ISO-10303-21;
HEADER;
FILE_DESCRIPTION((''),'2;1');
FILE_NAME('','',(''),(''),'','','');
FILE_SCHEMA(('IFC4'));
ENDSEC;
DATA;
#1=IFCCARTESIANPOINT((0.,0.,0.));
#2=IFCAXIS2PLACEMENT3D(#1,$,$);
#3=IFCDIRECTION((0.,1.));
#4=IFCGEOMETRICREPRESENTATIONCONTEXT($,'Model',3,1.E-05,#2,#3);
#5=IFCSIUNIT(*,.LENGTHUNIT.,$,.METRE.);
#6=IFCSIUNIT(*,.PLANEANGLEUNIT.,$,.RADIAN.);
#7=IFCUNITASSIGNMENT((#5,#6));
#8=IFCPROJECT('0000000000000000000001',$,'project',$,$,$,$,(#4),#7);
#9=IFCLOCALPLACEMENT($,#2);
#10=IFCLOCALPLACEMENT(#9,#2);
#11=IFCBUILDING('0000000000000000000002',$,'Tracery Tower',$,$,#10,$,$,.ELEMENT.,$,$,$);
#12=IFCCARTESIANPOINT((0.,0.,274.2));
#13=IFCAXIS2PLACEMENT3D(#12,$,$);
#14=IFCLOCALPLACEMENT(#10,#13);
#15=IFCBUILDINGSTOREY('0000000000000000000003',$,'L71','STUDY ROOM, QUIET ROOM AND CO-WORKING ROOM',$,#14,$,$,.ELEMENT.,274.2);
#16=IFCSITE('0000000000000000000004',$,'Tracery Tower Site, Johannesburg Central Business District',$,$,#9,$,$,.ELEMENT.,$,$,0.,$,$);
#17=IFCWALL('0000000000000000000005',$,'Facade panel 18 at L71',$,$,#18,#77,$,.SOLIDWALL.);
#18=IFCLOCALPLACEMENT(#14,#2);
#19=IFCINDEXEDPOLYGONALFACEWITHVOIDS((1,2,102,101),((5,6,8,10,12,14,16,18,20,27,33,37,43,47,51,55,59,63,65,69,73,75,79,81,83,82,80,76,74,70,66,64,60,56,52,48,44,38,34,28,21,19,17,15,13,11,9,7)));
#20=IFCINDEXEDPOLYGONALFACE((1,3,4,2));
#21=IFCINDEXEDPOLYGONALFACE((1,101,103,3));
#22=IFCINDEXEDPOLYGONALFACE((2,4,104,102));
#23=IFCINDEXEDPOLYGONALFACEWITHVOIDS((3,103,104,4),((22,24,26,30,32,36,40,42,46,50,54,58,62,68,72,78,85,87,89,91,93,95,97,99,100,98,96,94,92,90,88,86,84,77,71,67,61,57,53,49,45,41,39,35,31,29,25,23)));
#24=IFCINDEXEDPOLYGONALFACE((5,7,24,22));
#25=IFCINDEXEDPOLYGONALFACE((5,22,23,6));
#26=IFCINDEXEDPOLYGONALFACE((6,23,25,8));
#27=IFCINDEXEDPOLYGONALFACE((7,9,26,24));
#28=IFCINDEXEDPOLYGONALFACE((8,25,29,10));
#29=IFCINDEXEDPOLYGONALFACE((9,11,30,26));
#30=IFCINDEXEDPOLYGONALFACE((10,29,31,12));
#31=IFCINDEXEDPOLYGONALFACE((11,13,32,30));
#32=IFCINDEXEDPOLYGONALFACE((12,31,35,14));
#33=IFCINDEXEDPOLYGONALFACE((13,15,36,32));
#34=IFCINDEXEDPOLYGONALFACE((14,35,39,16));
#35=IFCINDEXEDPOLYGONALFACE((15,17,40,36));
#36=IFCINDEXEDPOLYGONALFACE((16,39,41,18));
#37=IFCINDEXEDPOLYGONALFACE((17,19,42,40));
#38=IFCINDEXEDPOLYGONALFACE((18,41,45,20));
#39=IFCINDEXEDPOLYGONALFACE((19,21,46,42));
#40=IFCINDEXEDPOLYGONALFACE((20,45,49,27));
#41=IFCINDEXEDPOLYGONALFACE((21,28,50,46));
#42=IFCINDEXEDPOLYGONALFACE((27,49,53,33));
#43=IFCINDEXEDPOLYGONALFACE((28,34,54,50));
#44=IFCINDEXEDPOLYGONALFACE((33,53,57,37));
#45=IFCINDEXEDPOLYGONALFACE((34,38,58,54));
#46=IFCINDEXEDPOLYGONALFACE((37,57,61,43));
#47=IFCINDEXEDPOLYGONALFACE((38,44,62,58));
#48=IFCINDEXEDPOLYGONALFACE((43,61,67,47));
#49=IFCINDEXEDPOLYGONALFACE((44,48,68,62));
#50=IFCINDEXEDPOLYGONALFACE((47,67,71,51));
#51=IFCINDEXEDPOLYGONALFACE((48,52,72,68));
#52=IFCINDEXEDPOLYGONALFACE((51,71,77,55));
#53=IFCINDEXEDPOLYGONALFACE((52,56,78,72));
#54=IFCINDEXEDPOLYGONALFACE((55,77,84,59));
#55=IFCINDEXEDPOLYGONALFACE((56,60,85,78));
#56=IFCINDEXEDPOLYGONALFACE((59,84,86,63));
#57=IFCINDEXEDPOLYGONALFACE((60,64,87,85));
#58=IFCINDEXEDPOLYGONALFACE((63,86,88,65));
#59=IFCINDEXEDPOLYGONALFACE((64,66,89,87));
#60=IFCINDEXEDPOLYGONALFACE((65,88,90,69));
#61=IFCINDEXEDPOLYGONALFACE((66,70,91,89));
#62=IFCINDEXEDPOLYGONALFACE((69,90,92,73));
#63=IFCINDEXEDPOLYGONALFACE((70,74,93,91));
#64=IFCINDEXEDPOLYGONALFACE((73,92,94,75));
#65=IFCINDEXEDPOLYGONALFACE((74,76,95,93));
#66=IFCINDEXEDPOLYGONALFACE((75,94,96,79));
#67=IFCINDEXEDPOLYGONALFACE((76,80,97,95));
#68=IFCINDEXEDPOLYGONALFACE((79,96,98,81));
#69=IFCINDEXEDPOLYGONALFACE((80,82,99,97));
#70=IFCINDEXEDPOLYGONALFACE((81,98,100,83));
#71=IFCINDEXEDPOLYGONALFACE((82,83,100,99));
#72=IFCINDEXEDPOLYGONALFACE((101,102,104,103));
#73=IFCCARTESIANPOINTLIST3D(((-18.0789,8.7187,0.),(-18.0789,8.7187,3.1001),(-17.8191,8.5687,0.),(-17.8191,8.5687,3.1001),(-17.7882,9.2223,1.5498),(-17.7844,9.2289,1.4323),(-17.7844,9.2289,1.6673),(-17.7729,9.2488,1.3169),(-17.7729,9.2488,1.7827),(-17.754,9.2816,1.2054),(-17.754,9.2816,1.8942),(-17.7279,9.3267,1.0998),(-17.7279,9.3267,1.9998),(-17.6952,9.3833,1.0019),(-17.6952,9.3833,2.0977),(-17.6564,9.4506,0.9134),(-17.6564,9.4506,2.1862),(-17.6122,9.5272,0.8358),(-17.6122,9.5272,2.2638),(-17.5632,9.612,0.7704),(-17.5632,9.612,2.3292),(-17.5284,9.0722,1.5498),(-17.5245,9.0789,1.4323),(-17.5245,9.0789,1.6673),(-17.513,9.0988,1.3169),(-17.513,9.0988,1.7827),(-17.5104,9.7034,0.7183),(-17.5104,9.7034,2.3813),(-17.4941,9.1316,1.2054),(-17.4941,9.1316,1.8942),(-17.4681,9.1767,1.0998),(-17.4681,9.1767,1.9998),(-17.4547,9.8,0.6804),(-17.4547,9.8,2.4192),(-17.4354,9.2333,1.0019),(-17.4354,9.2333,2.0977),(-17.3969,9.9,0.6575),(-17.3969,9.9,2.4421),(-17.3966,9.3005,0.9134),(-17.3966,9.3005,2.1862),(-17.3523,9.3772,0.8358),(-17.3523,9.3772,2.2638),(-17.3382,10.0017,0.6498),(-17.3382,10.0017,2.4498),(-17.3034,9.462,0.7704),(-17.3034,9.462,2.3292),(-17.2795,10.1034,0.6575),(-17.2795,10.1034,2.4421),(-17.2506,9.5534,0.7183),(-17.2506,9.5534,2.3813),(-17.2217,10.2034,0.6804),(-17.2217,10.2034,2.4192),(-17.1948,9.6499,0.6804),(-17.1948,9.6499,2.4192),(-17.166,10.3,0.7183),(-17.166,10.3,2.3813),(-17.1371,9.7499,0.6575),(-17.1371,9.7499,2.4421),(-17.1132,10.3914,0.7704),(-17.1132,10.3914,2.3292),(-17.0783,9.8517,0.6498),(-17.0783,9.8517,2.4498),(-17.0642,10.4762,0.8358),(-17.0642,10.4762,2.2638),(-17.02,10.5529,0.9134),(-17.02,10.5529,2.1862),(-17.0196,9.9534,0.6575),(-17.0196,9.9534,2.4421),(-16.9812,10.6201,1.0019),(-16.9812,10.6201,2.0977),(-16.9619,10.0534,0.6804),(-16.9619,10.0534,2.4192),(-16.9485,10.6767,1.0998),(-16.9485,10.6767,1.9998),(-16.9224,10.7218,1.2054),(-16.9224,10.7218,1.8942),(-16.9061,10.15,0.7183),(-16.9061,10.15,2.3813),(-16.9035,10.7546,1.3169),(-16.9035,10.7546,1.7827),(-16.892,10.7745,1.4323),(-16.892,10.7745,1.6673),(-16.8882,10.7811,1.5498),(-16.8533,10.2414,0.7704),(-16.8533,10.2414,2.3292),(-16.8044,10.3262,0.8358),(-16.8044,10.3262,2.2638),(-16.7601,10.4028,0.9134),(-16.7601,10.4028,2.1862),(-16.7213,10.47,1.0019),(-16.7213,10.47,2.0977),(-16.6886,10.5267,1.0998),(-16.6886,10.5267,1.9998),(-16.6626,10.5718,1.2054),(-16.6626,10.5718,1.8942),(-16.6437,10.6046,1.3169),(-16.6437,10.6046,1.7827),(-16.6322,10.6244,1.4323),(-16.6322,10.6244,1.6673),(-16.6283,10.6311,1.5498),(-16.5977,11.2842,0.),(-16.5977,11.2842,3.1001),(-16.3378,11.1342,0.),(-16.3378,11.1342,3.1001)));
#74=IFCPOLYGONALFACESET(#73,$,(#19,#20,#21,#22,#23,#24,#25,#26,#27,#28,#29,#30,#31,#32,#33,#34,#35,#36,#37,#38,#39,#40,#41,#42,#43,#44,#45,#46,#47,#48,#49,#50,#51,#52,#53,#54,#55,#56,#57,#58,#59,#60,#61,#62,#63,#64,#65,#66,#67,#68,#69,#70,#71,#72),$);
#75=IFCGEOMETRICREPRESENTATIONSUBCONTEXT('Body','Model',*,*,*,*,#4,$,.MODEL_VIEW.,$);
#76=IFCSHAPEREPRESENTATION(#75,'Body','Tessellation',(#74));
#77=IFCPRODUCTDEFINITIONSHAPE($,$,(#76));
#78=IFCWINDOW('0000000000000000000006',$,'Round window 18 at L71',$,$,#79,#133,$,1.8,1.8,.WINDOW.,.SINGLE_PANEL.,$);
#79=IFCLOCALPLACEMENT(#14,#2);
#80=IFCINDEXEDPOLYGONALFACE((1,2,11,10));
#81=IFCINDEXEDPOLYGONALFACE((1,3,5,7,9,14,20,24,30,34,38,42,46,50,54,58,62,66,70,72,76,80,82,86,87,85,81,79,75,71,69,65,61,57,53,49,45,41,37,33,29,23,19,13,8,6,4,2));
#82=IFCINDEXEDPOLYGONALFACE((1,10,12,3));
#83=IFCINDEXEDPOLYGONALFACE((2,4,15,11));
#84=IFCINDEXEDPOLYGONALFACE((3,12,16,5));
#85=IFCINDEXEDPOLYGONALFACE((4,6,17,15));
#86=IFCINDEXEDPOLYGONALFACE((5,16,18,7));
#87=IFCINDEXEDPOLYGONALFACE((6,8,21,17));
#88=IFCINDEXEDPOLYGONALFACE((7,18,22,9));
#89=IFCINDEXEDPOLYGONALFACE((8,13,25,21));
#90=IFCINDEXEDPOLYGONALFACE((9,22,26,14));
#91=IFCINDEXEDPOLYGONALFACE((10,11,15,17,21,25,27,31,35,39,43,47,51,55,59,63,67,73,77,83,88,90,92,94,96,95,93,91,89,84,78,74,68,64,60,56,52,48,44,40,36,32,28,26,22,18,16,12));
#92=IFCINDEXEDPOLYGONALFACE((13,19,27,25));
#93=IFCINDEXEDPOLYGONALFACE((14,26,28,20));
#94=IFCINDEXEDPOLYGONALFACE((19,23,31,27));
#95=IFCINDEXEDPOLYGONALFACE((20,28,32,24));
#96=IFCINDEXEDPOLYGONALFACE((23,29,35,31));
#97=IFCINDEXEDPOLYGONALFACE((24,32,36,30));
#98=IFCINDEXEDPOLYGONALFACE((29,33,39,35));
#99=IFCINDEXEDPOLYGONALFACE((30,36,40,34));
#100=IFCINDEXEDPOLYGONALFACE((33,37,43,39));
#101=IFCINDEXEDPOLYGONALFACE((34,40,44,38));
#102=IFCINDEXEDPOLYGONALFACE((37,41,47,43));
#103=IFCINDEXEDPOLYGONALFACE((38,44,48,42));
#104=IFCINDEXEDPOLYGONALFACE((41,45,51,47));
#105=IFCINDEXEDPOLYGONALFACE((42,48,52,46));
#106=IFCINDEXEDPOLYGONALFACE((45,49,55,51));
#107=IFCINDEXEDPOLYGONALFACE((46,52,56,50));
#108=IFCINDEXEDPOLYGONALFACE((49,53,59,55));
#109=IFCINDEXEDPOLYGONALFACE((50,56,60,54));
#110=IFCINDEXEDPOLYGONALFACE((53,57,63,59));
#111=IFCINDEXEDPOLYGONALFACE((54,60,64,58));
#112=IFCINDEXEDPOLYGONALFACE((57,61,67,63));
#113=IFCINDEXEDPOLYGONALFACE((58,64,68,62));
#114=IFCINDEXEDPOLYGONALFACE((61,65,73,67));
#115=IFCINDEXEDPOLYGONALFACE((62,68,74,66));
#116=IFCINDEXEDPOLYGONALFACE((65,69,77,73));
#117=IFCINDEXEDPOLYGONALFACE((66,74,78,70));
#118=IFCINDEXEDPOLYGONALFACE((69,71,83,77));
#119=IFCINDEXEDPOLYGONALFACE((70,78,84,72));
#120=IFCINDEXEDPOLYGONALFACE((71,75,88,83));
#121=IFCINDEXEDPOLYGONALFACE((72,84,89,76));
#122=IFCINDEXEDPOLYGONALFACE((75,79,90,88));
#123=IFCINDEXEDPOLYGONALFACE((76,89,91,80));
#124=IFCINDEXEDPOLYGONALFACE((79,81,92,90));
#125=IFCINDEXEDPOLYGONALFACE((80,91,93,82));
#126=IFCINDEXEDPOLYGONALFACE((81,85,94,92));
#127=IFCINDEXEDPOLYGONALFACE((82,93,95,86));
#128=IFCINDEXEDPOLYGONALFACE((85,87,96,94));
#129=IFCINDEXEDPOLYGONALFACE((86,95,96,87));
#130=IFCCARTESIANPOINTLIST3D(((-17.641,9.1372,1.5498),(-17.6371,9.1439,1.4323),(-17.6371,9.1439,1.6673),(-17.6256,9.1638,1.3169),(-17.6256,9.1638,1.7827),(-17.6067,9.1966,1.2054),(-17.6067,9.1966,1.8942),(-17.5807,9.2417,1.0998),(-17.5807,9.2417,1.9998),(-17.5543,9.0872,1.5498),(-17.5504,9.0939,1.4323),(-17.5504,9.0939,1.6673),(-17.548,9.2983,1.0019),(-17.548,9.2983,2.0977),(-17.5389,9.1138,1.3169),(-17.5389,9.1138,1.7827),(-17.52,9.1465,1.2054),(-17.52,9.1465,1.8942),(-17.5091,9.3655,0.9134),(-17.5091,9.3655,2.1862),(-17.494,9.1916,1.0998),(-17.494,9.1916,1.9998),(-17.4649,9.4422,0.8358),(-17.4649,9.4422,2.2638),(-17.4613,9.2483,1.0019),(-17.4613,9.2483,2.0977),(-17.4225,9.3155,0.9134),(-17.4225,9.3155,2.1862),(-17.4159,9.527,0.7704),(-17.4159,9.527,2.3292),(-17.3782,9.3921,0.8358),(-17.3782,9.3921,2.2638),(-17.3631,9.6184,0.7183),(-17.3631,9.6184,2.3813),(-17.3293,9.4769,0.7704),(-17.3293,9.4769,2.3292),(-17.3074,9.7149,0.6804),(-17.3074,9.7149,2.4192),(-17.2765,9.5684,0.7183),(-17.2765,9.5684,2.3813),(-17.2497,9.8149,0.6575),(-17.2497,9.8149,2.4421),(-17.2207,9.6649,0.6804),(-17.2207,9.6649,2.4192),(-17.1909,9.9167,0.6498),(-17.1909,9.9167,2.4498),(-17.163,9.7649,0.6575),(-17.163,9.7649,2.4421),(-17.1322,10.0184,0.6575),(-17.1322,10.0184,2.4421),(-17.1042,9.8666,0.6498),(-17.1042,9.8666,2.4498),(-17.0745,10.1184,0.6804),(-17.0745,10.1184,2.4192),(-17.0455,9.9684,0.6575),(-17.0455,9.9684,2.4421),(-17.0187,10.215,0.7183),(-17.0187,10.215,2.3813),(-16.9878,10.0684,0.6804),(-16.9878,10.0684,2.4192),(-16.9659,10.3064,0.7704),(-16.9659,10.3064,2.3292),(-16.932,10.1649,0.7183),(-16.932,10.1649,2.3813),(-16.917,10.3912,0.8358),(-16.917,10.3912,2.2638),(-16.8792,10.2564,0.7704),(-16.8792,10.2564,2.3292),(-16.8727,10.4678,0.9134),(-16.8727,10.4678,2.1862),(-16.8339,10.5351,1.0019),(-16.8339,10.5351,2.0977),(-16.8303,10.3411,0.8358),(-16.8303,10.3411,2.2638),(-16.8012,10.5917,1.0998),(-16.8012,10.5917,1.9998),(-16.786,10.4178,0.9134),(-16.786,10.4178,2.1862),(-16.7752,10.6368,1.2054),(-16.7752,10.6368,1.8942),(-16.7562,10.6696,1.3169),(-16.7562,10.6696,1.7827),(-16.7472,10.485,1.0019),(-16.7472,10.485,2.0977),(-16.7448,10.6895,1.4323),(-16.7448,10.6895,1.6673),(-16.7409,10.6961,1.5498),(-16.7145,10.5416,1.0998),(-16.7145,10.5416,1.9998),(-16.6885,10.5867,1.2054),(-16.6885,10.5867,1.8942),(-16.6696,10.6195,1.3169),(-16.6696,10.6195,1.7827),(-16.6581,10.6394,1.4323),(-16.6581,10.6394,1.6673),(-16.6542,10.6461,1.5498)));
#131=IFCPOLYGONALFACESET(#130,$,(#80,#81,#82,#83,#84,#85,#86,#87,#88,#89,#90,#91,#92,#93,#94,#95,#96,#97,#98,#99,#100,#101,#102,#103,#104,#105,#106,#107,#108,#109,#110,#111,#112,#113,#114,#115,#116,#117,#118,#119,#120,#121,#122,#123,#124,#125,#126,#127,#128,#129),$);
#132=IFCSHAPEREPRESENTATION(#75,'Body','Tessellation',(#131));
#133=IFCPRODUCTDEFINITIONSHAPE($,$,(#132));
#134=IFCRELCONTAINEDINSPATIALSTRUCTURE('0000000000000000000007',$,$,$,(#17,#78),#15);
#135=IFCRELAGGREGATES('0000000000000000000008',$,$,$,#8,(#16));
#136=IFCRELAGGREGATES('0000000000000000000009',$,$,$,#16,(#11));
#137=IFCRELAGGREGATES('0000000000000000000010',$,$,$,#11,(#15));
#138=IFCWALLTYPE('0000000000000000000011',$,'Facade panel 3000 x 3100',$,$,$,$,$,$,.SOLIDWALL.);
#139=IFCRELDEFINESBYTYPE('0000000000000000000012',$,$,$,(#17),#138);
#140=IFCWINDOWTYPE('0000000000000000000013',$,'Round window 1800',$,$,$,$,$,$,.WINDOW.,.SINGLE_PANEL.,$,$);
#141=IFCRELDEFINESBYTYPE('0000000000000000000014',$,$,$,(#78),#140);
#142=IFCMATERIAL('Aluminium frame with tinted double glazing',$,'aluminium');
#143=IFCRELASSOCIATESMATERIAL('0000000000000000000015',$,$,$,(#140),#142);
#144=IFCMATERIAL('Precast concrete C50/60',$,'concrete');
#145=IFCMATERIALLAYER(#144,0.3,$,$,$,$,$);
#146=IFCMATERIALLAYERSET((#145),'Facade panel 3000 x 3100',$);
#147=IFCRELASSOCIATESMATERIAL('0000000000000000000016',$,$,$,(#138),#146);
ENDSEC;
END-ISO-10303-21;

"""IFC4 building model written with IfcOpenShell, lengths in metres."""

from ifc_helpers import new_model, si_unit, direction, frame, frame_2d, origin, origin_2d, place, context, subcontext, project, spatial, rectangle, circle, extrude, material, layer, layer_set, type_object, element, fill, save


model = new_model("IFC4")

# Units and contexts
model_context = context("Model", 3, precision=1e-05, world=origin(), true_north=direction((0.0, 1.0)))
body_context = subcontext(model_context, "Body", "Model", "MODEL_VIEW")
ifc_project = project(units=[si_unit("LENGTHUNIT", "METRE"), si_unit("PLANEANGLEUNIT", "RADIAN")], contexts=[model_context])

# Site, building, storey
site_placement = place(None, origin())
site = spatial("IfcSite", under=ifc_project, at=site_placement, Name="Tracery Tower Site, Johannesburg Central Business District", CompositionType="ELEMENT", RefElevation=0.0)
building_placement = place(site_placement, origin())
building = spatial("IfcBuilding", under=site, at=building_placement, Name="Tracery Tower", CompositionType="ELEMENT")
storey_placement = place(building_placement, frame((0.0, 0.0, 274.2)))
storey = spatial("IfcBuildingStorey", under=building, at=storey_placement, Name="L71", Description="STUDY ROOM, QUIET ROOM AND CO-WORKING ROOM", CompositionType="ELEMENT", Elevation=274.2)

# Wall, opening, window
ifc_material_1 = material(Name="Aluminium frame with tinted double glazing", Category="aluminium")
window_type = type_object("IfcWindowType", Name="Round window 1800", PartitioningType="SINGLE_PANEL", PredefinedType="WINDOW", material=ifc_material_1)
ifc_material_2 = material(Name="Precast concrete C50/60", Category="concrete")
ifc_layer_1 = layer(ifc_material_2, 0.3)
ifc_layer_set_1 = layer_set([ifc_layer_1], Name="Facade panel 3000 x 3100")
wall_type_1 = type_object("IfcWallType", Name="Facade panel 3000 x 3100", PredefinedType="SOLIDWALL", material=ifc_layer_set_1)
wall_1_placement = place(storey_placement, frame((-16.4678, 11.2092, 0.0), z_axis=(0.0, 0.0, 1.0), x_axis=(-0.500013, -0.866018, 0.0)))
wall_1 = element("IfcWall", 1, at=wall_1_placement, inside=storey, type_object=wall_type_1, Name="Facade panel 18 at L71", PredefinedType="SOLIDWALL", context=body_context, shape_type="SweptSolid", body=[
    extrude(rectangle(XDim=2.9624, YDim=0.3, at=frame_2d((1.4812, 0.0))), origin(), (0.0, 0.0, 1.0), 3.1001),
])
opening_1_placement = place(wall_1_placement, frame((1.481, 0.0, 1.5498)))
opening_1 = element("IfcOpeningElement", 2, at=opening_1_placement, cuts=wall_1, PredefinedType="OPENING", context=body_context, shape_type="SweptSolid", body=[
    extrude(circle(Radius=0.9, at=origin_2d()), frame((0.0, 0.1599, 0.0), z_axis=(0.0, -1.0, 0.0), x_axis=(1.0, 0.0, 0.0)), (0.0, 0.0, 1.0), 0.3201),
])
window_1_placement = place(opening_1_placement, origin())
window_1 = element("IfcWindow", 3, at=window_1_placement, inside=storey, type_object=window_type, Name="Round window 18 at L71", OverallHeight=1.8, OverallWidth=1.8, PartitioningType="SINGLE_PANEL", PredefinedType="WINDOW", context=body_context, shape_type="SweptSolid", body=[
    extrude(circle(Radius=0.9, at=origin_2d()), frame((0.0, 0.1201, 0.0), z_axis=(0.0, -1.0, 0.0), x_axis=(1.0, 0.0, 0.0)), (0.0, 0.0, 1.0), 0.1001),
])
fill(opening_1, window_1)

save(model, "model.ifc")
